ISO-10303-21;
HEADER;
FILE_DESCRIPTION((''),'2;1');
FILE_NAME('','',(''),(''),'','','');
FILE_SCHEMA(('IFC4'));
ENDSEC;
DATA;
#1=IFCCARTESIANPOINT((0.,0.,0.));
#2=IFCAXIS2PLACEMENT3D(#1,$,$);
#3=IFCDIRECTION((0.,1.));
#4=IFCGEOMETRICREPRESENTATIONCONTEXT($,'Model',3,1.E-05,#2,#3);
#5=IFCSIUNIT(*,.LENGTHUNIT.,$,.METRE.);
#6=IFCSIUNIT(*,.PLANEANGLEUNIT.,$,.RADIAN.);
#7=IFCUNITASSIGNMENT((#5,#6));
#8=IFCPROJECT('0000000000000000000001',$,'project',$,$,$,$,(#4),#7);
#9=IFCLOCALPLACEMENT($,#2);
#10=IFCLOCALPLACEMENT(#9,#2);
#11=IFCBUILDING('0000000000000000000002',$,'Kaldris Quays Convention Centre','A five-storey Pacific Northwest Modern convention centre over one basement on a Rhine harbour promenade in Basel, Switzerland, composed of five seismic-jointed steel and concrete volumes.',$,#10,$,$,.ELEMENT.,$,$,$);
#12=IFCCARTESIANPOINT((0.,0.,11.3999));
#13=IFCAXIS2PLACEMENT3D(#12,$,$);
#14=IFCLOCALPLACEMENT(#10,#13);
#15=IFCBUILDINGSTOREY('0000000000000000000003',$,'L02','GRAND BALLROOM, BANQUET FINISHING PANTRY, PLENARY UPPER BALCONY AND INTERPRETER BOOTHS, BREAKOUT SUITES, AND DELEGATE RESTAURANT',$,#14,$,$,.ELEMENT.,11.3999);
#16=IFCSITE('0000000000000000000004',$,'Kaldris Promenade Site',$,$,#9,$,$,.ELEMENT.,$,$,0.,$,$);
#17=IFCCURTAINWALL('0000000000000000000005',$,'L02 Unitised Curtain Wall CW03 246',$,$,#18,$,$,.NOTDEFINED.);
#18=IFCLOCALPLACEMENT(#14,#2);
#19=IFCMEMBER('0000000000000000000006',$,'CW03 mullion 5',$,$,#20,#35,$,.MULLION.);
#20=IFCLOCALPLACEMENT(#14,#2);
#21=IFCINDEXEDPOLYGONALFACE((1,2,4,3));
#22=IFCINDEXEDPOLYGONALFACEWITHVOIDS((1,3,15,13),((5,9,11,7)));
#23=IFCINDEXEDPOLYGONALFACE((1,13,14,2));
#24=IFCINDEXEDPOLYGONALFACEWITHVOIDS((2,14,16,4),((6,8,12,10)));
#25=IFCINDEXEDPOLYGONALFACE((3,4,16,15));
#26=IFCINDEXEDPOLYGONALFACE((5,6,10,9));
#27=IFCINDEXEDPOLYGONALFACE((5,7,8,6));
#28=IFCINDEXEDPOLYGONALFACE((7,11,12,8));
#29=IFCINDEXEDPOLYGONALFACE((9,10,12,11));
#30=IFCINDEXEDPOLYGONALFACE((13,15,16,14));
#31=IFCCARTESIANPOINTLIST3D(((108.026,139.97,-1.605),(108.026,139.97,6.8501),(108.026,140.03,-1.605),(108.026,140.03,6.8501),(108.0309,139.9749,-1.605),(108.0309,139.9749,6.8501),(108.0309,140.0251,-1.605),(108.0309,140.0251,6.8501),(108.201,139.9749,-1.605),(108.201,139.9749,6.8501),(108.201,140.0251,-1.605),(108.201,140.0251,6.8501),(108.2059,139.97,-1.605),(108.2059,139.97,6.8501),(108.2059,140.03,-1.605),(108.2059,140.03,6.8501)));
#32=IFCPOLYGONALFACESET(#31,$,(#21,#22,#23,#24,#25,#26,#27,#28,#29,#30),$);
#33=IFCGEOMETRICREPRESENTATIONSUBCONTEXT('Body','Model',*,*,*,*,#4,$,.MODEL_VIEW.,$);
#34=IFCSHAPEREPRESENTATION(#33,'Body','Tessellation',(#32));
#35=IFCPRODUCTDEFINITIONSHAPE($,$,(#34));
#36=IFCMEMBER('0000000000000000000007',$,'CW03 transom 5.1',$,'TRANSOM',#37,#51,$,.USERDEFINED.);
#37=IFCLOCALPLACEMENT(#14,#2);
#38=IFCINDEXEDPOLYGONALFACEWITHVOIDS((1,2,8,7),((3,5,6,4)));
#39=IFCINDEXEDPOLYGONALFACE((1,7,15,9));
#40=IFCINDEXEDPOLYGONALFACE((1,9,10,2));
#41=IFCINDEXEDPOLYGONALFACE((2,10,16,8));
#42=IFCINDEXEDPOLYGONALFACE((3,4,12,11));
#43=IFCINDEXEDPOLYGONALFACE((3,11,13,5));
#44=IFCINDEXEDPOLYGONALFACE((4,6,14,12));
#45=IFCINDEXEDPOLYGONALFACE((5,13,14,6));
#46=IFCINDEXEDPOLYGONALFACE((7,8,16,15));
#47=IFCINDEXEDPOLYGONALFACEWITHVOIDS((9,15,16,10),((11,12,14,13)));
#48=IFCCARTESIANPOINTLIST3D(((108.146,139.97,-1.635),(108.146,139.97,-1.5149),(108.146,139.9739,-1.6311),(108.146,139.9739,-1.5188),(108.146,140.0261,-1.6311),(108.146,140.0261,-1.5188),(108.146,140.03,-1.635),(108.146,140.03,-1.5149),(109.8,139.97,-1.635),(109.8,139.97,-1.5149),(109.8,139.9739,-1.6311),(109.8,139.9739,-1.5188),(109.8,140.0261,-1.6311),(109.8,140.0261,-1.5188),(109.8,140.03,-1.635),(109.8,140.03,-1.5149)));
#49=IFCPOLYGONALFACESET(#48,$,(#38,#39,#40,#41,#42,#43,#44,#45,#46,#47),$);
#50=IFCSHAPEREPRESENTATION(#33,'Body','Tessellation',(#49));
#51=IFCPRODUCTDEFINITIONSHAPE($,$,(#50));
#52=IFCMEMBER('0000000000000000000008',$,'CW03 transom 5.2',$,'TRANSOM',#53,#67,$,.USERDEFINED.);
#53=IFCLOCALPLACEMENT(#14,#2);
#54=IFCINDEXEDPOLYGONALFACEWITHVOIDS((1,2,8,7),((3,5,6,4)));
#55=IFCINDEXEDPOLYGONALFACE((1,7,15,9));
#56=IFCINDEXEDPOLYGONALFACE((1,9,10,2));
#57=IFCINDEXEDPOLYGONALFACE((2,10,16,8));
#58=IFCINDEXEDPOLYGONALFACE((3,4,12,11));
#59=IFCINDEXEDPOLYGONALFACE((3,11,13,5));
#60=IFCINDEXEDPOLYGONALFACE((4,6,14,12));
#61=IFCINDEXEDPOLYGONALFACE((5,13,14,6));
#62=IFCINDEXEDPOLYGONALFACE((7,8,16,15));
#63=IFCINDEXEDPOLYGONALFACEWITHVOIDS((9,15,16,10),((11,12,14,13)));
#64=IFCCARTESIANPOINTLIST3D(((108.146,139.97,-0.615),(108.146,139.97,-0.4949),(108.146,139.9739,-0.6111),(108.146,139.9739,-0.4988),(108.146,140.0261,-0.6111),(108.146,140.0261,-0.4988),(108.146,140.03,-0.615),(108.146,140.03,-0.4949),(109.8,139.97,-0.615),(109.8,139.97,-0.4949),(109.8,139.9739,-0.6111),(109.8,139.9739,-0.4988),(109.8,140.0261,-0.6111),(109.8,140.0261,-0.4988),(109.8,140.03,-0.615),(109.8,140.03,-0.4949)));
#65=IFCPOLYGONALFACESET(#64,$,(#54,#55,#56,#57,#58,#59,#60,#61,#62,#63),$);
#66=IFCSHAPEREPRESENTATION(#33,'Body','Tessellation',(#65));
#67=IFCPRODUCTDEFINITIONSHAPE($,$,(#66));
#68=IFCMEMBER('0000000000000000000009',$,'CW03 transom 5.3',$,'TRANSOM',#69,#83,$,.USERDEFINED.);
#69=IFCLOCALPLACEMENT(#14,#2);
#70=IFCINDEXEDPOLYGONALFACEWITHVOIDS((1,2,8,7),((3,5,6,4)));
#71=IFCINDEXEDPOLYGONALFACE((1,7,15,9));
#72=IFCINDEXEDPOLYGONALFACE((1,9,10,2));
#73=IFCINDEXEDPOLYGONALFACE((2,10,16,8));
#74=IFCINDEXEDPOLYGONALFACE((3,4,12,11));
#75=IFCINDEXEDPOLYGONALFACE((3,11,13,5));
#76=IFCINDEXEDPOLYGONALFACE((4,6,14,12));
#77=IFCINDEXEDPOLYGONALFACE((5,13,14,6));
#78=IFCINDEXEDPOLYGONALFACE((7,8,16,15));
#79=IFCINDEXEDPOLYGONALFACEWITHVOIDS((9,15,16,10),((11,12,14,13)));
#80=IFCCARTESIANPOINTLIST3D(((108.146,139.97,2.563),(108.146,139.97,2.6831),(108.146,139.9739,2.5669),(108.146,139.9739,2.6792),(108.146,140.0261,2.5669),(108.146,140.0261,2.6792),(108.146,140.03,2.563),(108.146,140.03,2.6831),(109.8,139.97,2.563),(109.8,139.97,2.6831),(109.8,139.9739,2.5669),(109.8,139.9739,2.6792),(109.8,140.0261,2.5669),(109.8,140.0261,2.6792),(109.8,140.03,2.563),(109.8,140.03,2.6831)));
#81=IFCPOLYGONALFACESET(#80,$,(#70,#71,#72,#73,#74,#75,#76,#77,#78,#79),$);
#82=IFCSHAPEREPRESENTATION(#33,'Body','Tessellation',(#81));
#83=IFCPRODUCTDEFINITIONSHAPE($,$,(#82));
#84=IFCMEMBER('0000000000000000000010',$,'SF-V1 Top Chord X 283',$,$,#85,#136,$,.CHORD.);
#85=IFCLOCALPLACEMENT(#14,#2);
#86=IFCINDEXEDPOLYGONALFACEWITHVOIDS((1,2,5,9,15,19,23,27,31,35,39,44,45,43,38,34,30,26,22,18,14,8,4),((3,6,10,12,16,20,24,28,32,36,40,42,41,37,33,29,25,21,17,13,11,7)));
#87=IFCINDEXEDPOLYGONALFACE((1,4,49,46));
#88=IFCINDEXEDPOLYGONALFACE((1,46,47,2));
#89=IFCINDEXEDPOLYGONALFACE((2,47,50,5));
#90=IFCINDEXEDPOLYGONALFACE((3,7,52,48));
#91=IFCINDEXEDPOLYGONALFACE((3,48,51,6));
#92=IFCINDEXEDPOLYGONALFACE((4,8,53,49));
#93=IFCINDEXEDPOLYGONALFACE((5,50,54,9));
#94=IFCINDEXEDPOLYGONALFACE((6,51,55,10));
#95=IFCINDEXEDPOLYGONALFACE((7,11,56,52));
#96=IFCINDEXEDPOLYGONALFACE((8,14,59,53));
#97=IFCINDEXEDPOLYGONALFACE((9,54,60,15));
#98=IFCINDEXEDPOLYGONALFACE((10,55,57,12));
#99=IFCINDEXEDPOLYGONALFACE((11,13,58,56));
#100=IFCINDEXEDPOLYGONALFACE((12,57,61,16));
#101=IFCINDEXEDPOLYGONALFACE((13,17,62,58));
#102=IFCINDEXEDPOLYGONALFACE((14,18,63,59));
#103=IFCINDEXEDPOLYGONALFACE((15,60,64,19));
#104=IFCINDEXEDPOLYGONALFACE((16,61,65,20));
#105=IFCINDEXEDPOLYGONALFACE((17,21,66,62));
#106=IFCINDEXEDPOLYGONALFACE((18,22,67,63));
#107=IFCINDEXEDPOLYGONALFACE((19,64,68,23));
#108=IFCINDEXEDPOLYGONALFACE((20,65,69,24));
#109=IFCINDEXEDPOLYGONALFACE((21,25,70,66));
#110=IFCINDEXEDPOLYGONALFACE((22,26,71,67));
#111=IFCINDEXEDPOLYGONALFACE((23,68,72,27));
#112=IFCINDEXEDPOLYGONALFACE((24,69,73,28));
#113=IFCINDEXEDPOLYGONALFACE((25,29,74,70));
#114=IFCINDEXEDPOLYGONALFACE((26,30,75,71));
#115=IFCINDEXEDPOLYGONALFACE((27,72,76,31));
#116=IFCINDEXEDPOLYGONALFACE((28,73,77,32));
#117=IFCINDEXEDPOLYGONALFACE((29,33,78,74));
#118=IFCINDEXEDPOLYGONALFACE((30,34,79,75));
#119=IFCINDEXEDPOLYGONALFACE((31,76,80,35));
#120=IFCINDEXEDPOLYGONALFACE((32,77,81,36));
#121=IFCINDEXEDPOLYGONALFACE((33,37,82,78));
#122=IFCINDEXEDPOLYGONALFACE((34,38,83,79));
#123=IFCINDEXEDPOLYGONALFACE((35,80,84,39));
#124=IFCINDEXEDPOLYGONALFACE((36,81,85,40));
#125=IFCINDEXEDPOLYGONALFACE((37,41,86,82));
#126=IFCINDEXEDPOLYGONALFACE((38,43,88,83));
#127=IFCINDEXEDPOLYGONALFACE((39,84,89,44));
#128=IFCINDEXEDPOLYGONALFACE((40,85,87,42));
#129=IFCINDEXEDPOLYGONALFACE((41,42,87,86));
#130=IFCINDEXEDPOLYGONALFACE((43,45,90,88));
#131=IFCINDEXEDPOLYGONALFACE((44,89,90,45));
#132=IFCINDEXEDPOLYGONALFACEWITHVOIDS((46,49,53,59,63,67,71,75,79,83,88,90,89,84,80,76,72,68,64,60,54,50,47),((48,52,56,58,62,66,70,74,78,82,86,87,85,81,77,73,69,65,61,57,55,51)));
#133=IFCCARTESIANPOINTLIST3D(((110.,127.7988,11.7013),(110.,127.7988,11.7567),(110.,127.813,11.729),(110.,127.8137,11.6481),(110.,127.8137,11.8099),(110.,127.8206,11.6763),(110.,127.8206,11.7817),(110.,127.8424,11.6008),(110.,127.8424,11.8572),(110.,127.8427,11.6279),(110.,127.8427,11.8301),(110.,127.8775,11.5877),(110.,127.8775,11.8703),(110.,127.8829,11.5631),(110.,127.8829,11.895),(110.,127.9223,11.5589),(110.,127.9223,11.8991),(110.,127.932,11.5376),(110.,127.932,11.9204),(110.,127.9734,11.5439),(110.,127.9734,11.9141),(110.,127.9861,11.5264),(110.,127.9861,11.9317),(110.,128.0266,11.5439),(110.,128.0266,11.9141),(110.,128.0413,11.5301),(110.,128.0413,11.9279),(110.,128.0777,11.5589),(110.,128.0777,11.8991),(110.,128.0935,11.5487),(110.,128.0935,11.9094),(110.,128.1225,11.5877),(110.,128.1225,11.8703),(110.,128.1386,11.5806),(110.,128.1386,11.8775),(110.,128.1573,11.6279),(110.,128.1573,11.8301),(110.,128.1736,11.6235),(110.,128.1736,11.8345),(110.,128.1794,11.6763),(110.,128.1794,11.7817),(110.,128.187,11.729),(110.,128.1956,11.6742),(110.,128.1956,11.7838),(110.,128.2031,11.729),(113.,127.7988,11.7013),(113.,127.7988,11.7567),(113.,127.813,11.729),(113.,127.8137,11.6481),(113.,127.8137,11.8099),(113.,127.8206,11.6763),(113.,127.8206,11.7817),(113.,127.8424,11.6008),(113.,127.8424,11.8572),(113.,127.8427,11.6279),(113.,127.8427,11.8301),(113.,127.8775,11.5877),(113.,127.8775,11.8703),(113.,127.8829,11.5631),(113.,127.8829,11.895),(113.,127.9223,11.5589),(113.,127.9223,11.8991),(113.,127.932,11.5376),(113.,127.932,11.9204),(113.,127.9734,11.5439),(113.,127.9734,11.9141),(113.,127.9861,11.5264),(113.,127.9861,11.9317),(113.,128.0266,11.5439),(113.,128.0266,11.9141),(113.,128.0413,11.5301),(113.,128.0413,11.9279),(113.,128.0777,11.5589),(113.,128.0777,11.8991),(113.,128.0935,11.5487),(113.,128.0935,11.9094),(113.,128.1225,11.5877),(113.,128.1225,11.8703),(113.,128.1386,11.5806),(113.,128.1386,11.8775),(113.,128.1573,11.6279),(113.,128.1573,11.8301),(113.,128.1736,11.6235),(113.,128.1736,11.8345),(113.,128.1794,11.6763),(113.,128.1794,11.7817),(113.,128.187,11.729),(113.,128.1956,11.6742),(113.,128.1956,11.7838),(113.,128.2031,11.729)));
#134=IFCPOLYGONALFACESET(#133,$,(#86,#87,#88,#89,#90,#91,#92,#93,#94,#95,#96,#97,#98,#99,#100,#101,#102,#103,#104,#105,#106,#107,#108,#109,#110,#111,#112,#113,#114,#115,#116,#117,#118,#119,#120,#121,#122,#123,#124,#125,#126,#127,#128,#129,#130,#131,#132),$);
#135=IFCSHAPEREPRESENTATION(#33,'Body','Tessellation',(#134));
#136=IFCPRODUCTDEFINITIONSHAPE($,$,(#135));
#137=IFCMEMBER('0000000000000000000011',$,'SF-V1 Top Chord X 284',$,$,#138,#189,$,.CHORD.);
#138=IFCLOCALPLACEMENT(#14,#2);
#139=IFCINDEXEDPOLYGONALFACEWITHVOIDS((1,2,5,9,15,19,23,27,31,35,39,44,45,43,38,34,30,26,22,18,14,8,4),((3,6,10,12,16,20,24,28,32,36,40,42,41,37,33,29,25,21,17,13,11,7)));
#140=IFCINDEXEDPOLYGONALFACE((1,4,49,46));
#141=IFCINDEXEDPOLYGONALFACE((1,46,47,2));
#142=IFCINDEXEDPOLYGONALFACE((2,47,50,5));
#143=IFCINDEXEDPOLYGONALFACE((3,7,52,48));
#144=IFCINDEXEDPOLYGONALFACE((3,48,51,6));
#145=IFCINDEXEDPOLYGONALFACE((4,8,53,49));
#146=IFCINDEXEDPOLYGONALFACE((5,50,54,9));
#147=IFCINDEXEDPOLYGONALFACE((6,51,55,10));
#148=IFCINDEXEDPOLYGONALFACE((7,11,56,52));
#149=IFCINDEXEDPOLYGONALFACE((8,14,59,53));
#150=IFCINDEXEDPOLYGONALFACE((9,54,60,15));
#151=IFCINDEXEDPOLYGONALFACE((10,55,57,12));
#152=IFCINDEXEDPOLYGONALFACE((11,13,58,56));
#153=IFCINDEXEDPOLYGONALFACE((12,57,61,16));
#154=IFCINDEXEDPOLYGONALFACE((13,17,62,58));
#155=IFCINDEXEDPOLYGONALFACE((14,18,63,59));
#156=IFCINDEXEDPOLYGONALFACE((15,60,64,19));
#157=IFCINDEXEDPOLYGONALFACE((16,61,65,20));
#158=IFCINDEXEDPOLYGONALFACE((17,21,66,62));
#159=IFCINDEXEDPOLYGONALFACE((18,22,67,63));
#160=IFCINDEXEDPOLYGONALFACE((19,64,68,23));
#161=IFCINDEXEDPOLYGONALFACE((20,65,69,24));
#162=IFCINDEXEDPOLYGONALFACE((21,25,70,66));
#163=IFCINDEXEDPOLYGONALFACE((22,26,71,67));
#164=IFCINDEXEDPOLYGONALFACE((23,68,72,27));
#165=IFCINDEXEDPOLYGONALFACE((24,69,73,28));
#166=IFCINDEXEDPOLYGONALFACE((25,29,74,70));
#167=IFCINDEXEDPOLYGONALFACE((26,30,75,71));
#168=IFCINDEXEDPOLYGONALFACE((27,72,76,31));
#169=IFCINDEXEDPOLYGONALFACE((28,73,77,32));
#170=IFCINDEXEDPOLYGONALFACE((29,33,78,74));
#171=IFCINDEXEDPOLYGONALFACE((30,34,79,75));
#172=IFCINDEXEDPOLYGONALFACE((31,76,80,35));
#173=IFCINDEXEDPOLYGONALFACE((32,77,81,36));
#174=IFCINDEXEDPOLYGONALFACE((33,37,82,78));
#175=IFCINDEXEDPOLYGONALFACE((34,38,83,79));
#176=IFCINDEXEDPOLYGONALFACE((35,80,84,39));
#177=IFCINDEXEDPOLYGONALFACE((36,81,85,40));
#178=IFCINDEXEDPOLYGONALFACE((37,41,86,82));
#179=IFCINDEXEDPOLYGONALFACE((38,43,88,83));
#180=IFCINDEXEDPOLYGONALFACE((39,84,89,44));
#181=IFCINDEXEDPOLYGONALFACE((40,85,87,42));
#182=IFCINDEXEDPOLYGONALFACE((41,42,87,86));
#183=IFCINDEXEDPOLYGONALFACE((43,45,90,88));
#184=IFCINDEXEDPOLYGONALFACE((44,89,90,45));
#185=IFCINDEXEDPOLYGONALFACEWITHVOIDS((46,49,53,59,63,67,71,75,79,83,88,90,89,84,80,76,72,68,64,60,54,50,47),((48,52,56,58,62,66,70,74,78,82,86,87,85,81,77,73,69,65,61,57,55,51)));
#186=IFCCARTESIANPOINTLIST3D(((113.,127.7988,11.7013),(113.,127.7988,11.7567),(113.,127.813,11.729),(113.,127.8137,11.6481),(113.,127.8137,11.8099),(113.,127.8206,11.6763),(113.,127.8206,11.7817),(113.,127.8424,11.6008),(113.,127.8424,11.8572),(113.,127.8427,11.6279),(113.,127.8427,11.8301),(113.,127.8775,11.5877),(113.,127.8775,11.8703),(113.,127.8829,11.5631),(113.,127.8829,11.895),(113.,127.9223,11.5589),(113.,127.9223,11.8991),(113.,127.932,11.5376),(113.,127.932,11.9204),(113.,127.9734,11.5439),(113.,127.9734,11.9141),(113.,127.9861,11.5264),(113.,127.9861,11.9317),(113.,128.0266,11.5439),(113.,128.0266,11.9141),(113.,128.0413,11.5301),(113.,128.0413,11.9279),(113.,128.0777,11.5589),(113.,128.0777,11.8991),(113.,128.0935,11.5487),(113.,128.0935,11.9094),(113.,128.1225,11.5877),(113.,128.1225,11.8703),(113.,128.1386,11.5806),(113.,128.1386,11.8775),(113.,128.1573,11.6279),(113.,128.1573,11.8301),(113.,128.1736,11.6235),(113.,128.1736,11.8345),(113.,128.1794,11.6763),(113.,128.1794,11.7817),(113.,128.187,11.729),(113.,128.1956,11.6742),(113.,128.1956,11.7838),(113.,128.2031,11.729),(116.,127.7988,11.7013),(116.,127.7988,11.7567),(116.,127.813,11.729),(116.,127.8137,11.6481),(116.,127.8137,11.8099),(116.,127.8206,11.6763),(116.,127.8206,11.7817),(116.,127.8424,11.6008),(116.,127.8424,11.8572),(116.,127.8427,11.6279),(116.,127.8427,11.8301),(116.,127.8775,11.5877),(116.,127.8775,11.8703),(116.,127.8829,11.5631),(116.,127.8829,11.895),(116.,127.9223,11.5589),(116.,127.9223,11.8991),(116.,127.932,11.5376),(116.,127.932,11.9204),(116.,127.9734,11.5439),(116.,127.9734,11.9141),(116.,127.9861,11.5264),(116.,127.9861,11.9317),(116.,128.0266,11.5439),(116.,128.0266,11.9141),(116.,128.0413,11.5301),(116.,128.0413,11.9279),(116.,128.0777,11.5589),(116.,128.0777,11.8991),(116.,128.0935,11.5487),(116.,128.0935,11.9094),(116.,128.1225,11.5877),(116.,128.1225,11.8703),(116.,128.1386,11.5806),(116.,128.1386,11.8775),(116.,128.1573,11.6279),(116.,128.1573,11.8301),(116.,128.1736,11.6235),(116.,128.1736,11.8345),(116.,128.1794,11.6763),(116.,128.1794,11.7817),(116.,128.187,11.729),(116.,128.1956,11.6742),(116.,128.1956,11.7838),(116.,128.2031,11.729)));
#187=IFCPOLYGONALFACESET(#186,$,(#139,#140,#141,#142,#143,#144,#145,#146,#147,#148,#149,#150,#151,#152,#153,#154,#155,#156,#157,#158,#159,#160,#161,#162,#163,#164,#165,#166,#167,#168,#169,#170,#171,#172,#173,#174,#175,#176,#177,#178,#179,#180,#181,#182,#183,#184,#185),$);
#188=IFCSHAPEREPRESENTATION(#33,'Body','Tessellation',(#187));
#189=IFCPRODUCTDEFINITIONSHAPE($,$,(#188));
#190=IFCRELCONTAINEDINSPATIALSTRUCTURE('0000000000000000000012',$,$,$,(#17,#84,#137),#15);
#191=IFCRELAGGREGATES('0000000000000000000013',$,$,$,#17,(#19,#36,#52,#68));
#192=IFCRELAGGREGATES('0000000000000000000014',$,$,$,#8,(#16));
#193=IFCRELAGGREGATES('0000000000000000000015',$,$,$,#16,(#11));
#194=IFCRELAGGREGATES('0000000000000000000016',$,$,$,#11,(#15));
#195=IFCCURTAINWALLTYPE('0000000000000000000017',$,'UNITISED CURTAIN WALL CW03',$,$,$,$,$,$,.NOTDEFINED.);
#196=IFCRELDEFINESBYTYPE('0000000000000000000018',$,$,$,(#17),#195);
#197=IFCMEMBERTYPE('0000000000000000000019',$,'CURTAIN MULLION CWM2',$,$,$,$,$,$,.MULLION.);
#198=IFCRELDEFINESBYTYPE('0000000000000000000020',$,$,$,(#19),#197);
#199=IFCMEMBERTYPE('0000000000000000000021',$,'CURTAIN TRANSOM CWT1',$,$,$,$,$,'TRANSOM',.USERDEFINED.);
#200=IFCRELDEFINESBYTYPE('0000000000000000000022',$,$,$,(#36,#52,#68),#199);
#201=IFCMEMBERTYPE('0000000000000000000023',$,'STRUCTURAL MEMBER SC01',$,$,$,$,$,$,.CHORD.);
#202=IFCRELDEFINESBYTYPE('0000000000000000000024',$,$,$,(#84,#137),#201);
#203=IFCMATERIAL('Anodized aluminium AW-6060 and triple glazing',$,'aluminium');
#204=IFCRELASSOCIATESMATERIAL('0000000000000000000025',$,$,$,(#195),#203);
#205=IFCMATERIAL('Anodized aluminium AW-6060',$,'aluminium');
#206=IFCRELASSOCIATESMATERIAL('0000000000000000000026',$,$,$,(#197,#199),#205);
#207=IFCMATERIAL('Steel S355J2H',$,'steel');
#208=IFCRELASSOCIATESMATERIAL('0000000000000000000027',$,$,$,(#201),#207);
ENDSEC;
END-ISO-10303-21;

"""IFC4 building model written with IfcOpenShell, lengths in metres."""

from ifc_helpers import new_model, si_unit, direction, frame, origin, origin_2d, place, context, subcontext, project, spatial, hollow_rectangle, hollow_circle, extrude, material, material_profile, profile_set, type_object, element, aggregate, save


model = new_model("IFC4")

# Units and contexts
model_context = context("Model", 3, precision=1e-05, world=origin(), true_north=direction((0.0, 1.0)))
body_context = subcontext(model_context, "Body", "Model", "MODEL_VIEW")
ifc_project = project(units=[si_unit("LENGTHUNIT", "METRE"), si_unit("PLANEANGLEUNIT", "RADIAN")], contexts=[model_context])

# Site, building, storey
site_placement = place(None, origin())
site = spatial("IfcSite", under=ifc_project, at=site_placement, Name="Kaldris Promenade Site", CompositionType="ELEMENT", RefElevation=0.0)
building_placement = place(site_placement, origin())
building = spatial("IfcBuilding", under=site, at=building_placement, Name="Kaldris Quays Convention Centre", Description="A five-storey Pacific Northwest Modern convention centre over one basement on a Rhine harbour promenade in Basel, Switzerland, composed of five seismic-jointed steel and concrete volumes.", CompositionType="ELEMENT")
storey_placement = place(building_placement, frame((0.0, 0.0, 11.3999)))
storey = spatial("IfcBuildingStorey", under=building, at=storey_placement, Name="L02", Description="GRAND BALLROOM, BANQUET FINISHING PANTRY, PLENARY UPPER BALCONY AND INTERPRETER BOOTHS, BREAKOUT SUITES, AND DELEGATE RESTAURANT", CompositionType="ELEMENT", Elevation=11.3999)

# Curtain wall, members
ifc_material_1 = material(Name="Anodized aluminium AW-6060 and triple glazing", Category="aluminium")
curtain_wall_type = type_object("IfcCurtainWallType", Name="UNITISED CURTAIN WALL CW03", PredefinedType="NOTDEFINED", material=ifc_material_1)
curtain_wall_placement = place(storey_placement, origin())
curtain_wall = element("IfcCurtainWall", 1, at=curtain_wall_placement, inside=storey, type_object=curtain_wall_type, Name="L02 Unitised Curtain Wall CW03 246", PredefinedType="NOTDEFINED")
ifc_material_2 = material(Name="Anodized aluminium AW-6060", Category="aluminium")
ifc_material_profile_1 = material_profile(ifc_material_2, hollow_rectangle(XDim=0.0601, YDim=0.1799, WallThickness=0.0049, at=origin_2d()), Name="RHS 180x60x5")
ifc_profile_set_1 = profile_set([ifc_material_profile_1], Name="Anodized aluminium AW-6060")
member_type_1 = type_object("IfcMemberType", Name="CURTAIN MULLION CWM2", PredefinedType="MULLION", material=ifc_profile_set_1)
member_1_placement = place(storey_placement, frame((108.116, 140.0, -1.605), z_axis=(0.0, 0.0, 1.0), x_axis=(0.0, 1.0, 0.0)))
member_1 = element("IfcMember", 2, at=member_1_placement, type_object=member_type_1, Name="CW03 mullion 5", PredefinedType="MULLION", context=body_context, shape_type="SweptSolid", body=[
    extrude(hollow_rectangle(XDim=0.0601, YDim=0.1799, WallThickness=0.0049, at=origin_2d()), origin(), (0.0, 0.0, 1.0), 8.4551),
])
ifc_material_profile_2 = material_profile(ifc_material_2, hollow_rectangle(XDim=0.0601, YDim=0.1201, WallThickness=0.0039, at=origin_2d()), Name="RHS 120x60x4")
ifc_profile_set_2 = profile_set([ifc_material_profile_2], Name="Anodized aluminium AW-6060")
member_type_2 = type_object("IfcMemberType", Name="CURTAIN TRANSOM CWT1", ElementType="TRANSOM", PredefinedType="USERDEFINED", material=ifc_profile_set_2)
member_2_placement = place(storey_placement, frame((108.146, 140.0, -1.575), z_axis=(1.0, 0.0, 0.0), x_axis=(0.0, 1.0, 0.0)))
member_2 = element("IfcMember", 3, at=member_2_placement, type_object=member_type_2, Name="CW03 transom 5.1", ObjectType="TRANSOM", PredefinedType="USERDEFINED", context=body_context, shape_type="SweptSolid", body=[
    extrude(hollow_rectangle(XDim=0.0601, YDim=0.1201, WallThickness=0.0039, at=origin_2d()), origin(), (0.0, 0.0, 1.0), 1.6541),
])
member_3_placement = place(storey_placement, frame((108.146, 140.0, -0.5549), z_axis=(1.0, 0.0, 0.0), x_axis=(0.0, 1.0, 0.0)))
member_3 = element("IfcMember", 4, at=member_3_placement, type_object=member_type_2, Name="CW03 transom 5.2", ObjectType="TRANSOM", PredefinedType="USERDEFINED", context=body_context, shape_type="SweptSolid", body=[
    extrude(hollow_rectangle(XDim=0.0601, YDim=0.1201, WallThickness=0.0039, at=origin_2d()), origin(), (0.0, 0.0, 1.0), 1.6541),
])
member_4_placement = place(storey_placement, frame((108.146, 140.0, 2.623), z_axis=(1.0, 0.0, 0.0), x_axis=(0.0, 1.0, 0.0)))
member_4 = element("IfcMember", 5, at=member_4_placement, type_object=member_type_2, Name="CW03 transom 5.3", ObjectType="TRANSOM", PredefinedType="USERDEFINED", context=body_context, shape_type="SweptSolid", body=[
    extrude(hollow_rectangle(XDim=0.0601, YDim=0.1201, WallThickness=0.0039, at=origin_2d()), origin(), (0.0, 0.0, 1.0), 1.6541),
])

# Members
ifc_material_3 = material(Name="Steel S355J2H", Category="steel")
ifc_material_profile_3 = material_profile(ifc_material_3, hollow_circle(Radius=0.2031, WallThickness=0.0161, at=origin_2d()), Name="CHS 406.4x16")
ifc_profile_set_3 = profile_set([ifc_material_profile_3], Name="Steel S355J2H")
member_type_3 = type_object("IfcMemberType", Name="STRUCTURAL MEMBER SC01", PredefinedType="CHORD", material=ifc_profile_set_3)
for number, where, z_axis, x_axis, name in (
    (6, (110.0, 128.0, 11.729), (1.0, 0.0, 0.0), (0.0, 1.0, 0.0), "SF-V1 Top Chord X 283"),
    (7, (113.0, 128.0, 11.729), (1.0, 0.0, 0.0), (0.0, 1.0, 0.0), "SF-V1 Top Chord X 284"),
):
    element("IfcMember", number, at=place(storey_placement, frame(where, z_axis=z_axis, x_axis=x_axis)), inside=storey, type_object=member_type_3, Name=name, PredefinedType="CHORD", context=body_context, shape_type="SweptSolid", body=[
        extrude(hollow_circle(Radius=0.2031, WallThickness=0.0161, at=origin_2d()), origin(), (0.0, 0.0, 1.0), 3.0),
    ])

aggregate(curtain_wall, [member_1, member_2, member_3, member_4])

save(model, "model.ifc")
